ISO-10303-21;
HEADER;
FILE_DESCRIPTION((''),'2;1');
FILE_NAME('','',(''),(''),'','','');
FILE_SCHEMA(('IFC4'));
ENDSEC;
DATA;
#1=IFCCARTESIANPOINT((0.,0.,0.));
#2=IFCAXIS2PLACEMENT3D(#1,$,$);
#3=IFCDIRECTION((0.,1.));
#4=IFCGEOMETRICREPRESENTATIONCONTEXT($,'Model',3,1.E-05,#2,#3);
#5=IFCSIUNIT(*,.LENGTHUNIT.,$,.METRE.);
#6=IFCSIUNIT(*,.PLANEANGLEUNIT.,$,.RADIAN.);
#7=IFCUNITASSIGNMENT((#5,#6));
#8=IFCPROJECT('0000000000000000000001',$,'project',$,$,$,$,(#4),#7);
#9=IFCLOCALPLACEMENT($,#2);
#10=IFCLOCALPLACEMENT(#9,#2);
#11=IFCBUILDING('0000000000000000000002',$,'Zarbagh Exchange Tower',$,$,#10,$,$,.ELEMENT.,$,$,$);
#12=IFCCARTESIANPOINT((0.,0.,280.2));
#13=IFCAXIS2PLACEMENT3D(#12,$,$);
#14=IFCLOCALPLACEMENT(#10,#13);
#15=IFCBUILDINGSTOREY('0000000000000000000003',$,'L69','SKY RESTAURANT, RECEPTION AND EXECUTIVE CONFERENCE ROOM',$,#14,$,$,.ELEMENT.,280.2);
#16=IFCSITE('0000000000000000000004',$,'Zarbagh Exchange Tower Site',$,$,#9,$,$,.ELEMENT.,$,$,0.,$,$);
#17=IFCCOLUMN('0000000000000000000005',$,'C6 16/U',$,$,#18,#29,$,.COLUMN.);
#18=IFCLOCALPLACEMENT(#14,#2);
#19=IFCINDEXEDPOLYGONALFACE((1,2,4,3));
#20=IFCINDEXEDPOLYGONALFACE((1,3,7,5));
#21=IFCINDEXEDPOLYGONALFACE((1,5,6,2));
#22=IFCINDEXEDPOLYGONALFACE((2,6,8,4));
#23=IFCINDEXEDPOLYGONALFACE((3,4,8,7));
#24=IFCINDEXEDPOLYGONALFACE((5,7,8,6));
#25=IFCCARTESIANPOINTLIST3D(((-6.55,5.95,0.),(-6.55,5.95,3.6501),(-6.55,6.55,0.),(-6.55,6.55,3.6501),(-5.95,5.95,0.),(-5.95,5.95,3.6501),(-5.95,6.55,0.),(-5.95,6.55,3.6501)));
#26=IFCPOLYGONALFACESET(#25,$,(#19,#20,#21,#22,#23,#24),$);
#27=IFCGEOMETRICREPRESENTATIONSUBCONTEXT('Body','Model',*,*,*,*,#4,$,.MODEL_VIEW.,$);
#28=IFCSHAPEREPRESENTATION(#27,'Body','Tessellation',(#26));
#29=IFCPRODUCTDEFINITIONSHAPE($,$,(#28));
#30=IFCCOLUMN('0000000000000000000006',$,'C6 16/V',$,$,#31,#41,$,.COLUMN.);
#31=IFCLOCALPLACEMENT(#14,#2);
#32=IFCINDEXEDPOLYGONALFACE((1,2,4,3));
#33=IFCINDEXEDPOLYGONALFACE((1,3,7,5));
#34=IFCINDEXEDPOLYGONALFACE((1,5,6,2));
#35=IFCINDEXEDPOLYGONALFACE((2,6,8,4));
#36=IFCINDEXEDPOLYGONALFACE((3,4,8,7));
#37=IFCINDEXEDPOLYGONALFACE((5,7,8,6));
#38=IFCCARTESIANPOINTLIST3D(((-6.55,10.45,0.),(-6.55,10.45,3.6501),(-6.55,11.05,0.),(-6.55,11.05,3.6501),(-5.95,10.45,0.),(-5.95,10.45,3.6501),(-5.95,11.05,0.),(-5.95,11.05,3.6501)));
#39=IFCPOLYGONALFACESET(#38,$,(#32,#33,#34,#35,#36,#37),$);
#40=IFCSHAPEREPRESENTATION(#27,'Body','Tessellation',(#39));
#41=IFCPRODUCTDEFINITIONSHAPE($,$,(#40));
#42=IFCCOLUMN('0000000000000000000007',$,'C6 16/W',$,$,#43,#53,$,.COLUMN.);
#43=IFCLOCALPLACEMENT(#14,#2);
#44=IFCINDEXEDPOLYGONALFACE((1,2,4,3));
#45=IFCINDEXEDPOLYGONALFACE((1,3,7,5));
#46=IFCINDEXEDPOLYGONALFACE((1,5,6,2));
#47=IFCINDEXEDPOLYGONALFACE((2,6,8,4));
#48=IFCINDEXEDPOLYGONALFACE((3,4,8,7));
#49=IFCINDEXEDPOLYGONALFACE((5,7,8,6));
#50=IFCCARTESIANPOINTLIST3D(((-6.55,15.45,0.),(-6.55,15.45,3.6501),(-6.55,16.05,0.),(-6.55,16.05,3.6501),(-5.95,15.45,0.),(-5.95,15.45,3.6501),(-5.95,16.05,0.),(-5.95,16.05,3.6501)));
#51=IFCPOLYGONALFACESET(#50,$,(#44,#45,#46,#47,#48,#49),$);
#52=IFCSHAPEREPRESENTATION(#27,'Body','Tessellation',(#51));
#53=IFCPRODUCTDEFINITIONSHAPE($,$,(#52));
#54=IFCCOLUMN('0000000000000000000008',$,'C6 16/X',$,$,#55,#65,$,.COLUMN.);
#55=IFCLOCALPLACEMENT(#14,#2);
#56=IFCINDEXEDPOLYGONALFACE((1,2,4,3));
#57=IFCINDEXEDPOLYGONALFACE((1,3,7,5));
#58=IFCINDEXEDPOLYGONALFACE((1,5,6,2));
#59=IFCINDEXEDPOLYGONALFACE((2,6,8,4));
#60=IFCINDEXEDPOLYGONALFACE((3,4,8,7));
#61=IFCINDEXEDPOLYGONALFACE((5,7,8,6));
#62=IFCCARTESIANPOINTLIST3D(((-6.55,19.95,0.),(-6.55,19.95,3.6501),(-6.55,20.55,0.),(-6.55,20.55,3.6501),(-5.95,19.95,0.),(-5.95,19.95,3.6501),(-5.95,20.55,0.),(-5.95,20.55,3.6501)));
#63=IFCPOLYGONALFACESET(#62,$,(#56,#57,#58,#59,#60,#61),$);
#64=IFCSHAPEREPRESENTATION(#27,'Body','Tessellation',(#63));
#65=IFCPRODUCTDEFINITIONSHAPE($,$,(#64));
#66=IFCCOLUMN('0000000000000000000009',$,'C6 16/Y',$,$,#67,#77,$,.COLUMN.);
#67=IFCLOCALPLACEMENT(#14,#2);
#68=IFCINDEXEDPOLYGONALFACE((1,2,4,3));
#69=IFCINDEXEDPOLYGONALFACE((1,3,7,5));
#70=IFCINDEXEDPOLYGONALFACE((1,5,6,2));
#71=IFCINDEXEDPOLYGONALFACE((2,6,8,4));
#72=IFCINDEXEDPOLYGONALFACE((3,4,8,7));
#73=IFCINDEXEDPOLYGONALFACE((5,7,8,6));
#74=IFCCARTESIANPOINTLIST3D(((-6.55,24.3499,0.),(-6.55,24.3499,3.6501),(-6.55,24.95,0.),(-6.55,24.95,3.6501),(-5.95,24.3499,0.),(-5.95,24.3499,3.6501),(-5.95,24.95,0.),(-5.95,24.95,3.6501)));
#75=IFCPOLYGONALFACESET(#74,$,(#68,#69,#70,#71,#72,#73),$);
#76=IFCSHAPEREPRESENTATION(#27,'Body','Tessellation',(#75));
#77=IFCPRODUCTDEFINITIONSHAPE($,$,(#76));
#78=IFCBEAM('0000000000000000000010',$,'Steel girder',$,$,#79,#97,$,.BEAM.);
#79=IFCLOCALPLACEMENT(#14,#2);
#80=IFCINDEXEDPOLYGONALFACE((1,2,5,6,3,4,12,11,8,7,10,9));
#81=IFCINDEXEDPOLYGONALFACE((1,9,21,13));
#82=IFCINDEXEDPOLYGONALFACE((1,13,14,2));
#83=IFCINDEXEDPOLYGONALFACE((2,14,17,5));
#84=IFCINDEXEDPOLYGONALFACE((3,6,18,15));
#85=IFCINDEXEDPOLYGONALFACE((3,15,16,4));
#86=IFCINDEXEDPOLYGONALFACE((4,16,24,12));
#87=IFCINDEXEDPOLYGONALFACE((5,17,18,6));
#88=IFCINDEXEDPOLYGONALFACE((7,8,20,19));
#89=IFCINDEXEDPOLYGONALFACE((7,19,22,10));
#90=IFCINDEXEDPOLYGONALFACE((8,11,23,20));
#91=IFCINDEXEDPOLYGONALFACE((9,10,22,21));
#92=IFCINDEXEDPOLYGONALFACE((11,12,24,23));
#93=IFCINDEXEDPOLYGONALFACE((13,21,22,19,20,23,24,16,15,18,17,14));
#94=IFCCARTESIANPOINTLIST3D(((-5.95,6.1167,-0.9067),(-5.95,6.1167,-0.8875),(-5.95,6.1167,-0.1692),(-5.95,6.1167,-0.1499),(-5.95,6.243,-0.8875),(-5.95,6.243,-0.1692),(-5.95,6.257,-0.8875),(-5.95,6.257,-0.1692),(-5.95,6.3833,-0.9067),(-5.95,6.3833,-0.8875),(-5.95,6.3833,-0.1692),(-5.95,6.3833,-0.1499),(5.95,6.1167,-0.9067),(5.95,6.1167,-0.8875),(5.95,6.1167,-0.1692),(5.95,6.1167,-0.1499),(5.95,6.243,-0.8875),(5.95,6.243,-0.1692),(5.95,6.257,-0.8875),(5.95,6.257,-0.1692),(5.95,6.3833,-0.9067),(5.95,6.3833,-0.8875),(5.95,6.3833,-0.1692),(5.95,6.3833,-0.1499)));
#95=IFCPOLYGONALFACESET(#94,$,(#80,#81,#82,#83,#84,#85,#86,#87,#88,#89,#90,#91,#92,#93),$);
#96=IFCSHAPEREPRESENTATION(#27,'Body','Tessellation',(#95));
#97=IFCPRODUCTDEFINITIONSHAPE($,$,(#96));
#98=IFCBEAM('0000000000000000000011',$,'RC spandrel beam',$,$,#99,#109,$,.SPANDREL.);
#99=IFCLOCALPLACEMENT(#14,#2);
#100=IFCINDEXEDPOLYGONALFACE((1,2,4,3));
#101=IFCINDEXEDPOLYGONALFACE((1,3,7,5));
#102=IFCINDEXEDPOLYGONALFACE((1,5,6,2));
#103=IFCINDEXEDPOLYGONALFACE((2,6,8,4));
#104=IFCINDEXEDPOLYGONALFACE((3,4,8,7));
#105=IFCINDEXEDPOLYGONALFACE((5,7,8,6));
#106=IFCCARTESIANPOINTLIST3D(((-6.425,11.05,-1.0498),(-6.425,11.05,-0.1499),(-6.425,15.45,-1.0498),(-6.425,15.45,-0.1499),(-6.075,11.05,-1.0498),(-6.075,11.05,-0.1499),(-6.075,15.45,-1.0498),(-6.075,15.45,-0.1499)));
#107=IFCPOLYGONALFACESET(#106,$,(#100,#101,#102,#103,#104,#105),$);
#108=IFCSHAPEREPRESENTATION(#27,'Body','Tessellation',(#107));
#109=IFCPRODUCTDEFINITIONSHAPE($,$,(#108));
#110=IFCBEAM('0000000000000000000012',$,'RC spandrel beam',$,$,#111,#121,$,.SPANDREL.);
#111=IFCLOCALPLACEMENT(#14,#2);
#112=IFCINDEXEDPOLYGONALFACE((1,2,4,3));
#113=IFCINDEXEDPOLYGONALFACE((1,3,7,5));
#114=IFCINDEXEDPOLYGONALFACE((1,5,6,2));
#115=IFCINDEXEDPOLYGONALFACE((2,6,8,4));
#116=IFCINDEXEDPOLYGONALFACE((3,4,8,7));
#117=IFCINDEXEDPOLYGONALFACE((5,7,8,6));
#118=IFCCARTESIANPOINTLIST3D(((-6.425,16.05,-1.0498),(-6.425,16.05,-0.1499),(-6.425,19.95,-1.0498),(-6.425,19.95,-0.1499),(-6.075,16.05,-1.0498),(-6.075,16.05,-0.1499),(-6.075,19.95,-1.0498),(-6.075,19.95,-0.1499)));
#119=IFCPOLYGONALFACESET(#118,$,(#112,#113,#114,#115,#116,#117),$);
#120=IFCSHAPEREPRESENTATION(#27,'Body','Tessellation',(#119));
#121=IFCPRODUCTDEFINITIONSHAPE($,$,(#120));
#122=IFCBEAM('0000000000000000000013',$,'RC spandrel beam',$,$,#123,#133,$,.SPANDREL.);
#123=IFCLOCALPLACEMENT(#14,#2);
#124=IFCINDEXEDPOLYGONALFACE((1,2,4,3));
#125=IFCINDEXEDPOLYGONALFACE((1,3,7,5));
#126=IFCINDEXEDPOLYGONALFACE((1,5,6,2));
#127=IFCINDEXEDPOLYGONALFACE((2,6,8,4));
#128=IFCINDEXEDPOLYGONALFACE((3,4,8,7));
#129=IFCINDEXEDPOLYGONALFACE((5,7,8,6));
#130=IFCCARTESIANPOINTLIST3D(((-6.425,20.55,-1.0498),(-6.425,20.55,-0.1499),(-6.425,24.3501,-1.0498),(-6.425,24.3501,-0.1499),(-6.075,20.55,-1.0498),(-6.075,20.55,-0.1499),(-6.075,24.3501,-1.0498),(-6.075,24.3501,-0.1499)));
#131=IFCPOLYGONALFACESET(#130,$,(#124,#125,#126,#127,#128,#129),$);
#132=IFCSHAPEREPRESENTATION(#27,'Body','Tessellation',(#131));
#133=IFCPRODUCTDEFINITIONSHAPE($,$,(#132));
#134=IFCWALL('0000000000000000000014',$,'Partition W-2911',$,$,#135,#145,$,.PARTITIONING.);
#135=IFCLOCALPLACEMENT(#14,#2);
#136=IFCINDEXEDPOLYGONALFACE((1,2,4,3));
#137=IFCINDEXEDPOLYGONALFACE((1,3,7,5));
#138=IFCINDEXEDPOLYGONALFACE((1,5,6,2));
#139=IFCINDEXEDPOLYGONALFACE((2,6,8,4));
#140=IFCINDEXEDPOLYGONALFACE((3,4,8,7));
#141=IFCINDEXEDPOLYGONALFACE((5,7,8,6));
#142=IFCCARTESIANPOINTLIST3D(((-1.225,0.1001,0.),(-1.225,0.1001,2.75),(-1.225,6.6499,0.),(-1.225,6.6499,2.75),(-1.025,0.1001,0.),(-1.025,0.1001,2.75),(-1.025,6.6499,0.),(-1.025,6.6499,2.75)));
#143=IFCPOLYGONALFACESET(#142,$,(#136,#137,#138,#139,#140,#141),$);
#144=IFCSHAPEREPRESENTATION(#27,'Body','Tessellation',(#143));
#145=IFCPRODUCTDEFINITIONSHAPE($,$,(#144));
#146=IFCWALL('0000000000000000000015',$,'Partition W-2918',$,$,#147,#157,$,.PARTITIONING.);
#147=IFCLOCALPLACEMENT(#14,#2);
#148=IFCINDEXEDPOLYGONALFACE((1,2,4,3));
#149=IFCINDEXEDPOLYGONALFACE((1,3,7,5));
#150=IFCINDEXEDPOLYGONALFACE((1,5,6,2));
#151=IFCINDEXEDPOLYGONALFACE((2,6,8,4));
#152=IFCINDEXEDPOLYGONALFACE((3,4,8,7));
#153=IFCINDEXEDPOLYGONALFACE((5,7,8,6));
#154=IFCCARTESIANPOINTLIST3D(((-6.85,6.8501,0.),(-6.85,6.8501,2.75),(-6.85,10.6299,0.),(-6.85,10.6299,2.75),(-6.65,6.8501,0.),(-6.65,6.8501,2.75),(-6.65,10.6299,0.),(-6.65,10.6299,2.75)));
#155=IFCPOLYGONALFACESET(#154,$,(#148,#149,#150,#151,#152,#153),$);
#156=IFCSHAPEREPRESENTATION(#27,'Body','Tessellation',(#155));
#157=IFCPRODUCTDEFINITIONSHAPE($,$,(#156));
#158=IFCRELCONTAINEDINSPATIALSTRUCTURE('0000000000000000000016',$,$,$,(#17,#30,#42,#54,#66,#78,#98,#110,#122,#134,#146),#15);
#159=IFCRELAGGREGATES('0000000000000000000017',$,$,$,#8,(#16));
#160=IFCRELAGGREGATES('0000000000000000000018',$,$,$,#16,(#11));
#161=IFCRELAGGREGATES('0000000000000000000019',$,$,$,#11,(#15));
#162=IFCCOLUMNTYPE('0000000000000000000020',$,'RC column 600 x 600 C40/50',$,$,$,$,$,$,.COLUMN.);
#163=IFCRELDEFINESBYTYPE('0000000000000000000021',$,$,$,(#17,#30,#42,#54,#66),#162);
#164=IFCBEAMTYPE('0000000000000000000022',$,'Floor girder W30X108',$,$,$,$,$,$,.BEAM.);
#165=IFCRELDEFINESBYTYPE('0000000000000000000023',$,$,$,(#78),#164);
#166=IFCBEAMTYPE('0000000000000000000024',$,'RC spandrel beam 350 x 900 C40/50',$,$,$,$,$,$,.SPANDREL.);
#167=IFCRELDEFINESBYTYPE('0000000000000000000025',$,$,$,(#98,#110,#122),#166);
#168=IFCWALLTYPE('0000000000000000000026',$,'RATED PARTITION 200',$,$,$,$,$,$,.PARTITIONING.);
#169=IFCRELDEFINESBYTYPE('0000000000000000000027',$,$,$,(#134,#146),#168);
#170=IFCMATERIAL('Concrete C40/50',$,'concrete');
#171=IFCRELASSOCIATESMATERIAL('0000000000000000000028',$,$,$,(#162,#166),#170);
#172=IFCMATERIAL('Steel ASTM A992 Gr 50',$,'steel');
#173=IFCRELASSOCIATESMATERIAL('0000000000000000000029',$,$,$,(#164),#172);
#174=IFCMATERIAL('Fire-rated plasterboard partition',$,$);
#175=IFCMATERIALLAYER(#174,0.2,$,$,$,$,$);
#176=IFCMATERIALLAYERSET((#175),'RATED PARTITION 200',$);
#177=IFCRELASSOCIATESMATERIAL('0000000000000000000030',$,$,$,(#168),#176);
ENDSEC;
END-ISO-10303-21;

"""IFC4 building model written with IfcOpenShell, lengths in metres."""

from ifc_helpers import new_model, si_unit, direction, frame, frame_2d, origin, origin_2d, place, context, subcontext, project, spatial, rectangle, i_section, extrude, material, layer, layer_set, material_profile, profile_set, type_object, element, save


model = new_model("IFC4")

# Units and contexts
model_context = context("Model", 3, precision=1e-05, world=origin(), true_north=direction((0.0, 1.0)))
body_context = subcontext(model_context, "Body", "Model", "MODEL_VIEW")
ifc_project = project(units=[si_unit("LENGTHUNIT", "METRE"), si_unit("PLANEANGLEUNIT", "RADIAN")], contexts=[model_context])

# Site, building, storey
site_placement = place(None, origin())
site = spatial("IfcSite", under=ifc_project, at=site_placement, Name="Zarbagh Exchange Tower Site", CompositionType="ELEMENT", RefElevation=0.0)
building_placement = place(site_placement, origin())
building = spatial("IfcBuilding", under=site, at=building_placement, Name="Zarbagh Exchange Tower", CompositionType="ELEMENT")
storey_placement = place(building_placement, frame((0.0, 0.0, 280.2)))
storey = spatial("IfcBuildingStorey", under=building, at=storey_placement, Name="L69", Description="SKY RESTAURANT, RECEPTION AND EXECUTIVE CONFERENCE ROOM", CompositionType="ELEMENT", Elevation=280.2)

# Columns
ifc_material_1 = material(Name="Concrete C40/50", Category="concrete")
ifc_material_profile_1 = material_profile(ifc_material_1, rectangle(XDim=0.6001, YDim=0.6001, at=origin_2d()), Name="RC column 600 x 600 C40/50")
ifc_profile_set_1 = profile_set([ifc_material_profile_1], Name="Concrete C40/50")
column_type = type_object("IfcColumnType", Name="RC column 600 x 600 C40/50", PredefinedType="COLUMN", material=ifc_profile_set_1)
for number, where, z_axis, x_axis, name in (
    (1, (-6.25, 6.25, 0.0), (0.0, 0.0, 1.0), (1.0, 0.0, 0.0), "C6 16/U"),
    (2, (-6.25, 10.75, 0.0), (0.0, 0.0, 1.0), (1.0, 0.0, 0.0), "C6 16/V"),
    (3, (-6.25, 15.75, 0.0), (0.0, 0.0, 1.0), (1.0, 0.0, 0.0), "C6 16/W"),
    (4, (-6.25, 20.25, 0.0), (0.0, 0.0, 1.0), (1.0, 0.0, 0.0), "C6 16/X"),
    (5, (-6.25, 24.6499, 0.0), (0.0, 0.0, 1.0), (1.0, 0.0, 0.0), "C6 16/Y"),
):
    element("IfcColumn", number, at=place(storey_placement, frame(where, z_axis=z_axis, x_axis=x_axis)), inside=storey, type_object=column_type, Name=name, PredefinedType="COLUMN", context=body_context, shape_type="SweptSolid", body=[
        extrude(rectangle(XDim=0.6001, YDim=0.6001, at=origin_2d()), origin(), (0.0, 0.0, 1.0), 3.6501),
    ])

# Beams
ifc_material_2 = material(Name="Steel ASTM A992 Gr 50", Category="steel")
ifc_material_profile_2 = material_profile(ifc_material_2, i_section(OverallWidth=0.2666, OverallDepth=0.7568, WebThickness=0.0139, FlangeThickness=0.0193, at=origin_2d()), Name="W30X108")
ifc_profile_set_2 = profile_set([ifc_material_profile_2], Name="Steel ASTM A992 Gr 50")
beam_type_1 = type_object("IfcBeamType", Name="Floor girder W30X108", PredefinedType="BEAM", material=ifc_profile_set_2)
beam_1_placement = place(storey_placement, frame((-5.95, 6.25, -0.5283), z_axis=(1.0, 0.0, 0.0), x_axis=(0.0, 1.0, 0.0)))
element("IfcBeam", 6, at=beam_1_placement, inside=storey, type_object=beam_type_1, Name="Steel girder", PredefinedType="BEAM", context=body_context, shape_type="SweptSolid", body=[
    extrude(i_section(OverallWidth=0.2666, OverallDepth=0.7568, WebThickness=0.0139, FlangeThickness=0.0193, at=origin_2d()), origin(), (0.0, 0.0, 1.0), 11.8999),
])
ifc_material_profile_3 = material_profile(ifc_material_1, rectangle(XDim=0.3501, YDim=0.8999, at=origin_2d()), Name="RC spandrel beam 350 x 900 C40/50")
ifc_profile_set_3 = profile_set([ifc_material_profile_3], Name="Concrete C40/50")
beam_type_2 = type_object("IfcBeamType", Name="RC spandrel beam 350 x 900 C40/50", PredefinedType="SPANDREL", material=ifc_profile_set_3)
beam_2_placement = place(storey_placement, frame((-6.25, 11.05, -0.5999), z_axis=(0.0, 1.0, 0.0), x_axis=(-1.0, 0.0, 0.0)))
element("IfcBeam", 7, at=beam_2_placement, inside=storey, type_object=beam_type_2, Name="RC spandrel beam", PredefinedType="SPANDREL", context=body_context, shape_type="SweptSolid", body=[
    extrude(rectangle(XDim=0.3501, YDim=0.8999, at=origin_2d()), origin(), (0.0, 0.0, 1.0), 4.3999),
])
beam_3_placement = place(storey_placement, frame((-6.25, 16.05, -0.5999), z_axis=(0.0, 1.0, 0.0), x_axis=(-1.0, 0.0, 0.0)))
element("IfcBeam", 8, at=beam_3_placement, inside=storey, type_object=beam_type_2, Name="RC spandrel beam", PredefinedType="SPANDREL", context=body_context, shape_type="SweptSolid", body=[
    extrude(rectangle(XDim=0.3501, YDim=0.8999, at=origin_2d()), origin(), (0.0, 0.0, 1.0), 3.8999),
])
beam_4_placement = place(storey_placement, frame((-6.25, 20.55, -0.5999), z_axis=(0.0, 1.0, 0.0), x_axis=(-1.0, 0.0, 0.0)))
element("IfcBeam", 9, at=beam_4_placement, inside=storey, type_object=beam_type_2, Name="RC spandrel beam", PredefinedType="SPANDREL", context=body_context, shape_type="SweptSolid", body=[
    extrude(rectangle(XDim=0.3501, YDim=0.8999, at=origin_2d()), origin(), (0.0, 0.0, 1.0), 3.8),
])

# Walls
ifc_material_3 = material(Name="Fire-rated plasterboard partition")
ifc_layer_1 = layer(ifc_material_3, 0.2)
ifc_layer_set_1 = layer_set([ifc_layer_1], Name="RATED PARTITION 200")
wall_type_1 = type_object("IfcWallType", Name="RATED PARTITION 200", PredefinedType="PARTITIONING", material=ifc_layer_set_1)
wall_1_placement = place(storey_placement, frame((-1.125, 0.1001, 0.0), z_axis=(0.0, 0.0, 1.0), x_axis=(0.0, 1.0, 0.0)))
element("IfcWall", 10, at=wall_1_placement, inside=storey, type_object=wall_type_1, Name="Partition W-2911", PredefinedType="PARTITIONING", context=body_context, shape_type="SweptSolid", body=[
    extrude(rectangle(XDim=6.5498, YDim=0.2, at=frame_2d((3.2749, 0.0))), origin(), (0.0, 0.0, 1.0), 2.75),
])
wall_2_placement = place(storey_placement, frame((-6.75, 6.8501, 0.0), z_axis=(0.0, 0.0, 1.0), x_axis=(0.0, 1.0, 0.0)))
element("IfcWall", 11, at=wall_2_placement, inside=storey, type_object=wall_type_1, Name="Partition W-2918", PredefinedType="PARTITIONING", context=body_context, shape_type="SweptSolid", body=[
    extrude(rectangle(XDim=3.7798, YDim=0.2, at=frame_2d((1.8899, 0.0))), origin(), (0.0, 0.0, 1.0), 2.75),
])

save(model, "model.ifc")
